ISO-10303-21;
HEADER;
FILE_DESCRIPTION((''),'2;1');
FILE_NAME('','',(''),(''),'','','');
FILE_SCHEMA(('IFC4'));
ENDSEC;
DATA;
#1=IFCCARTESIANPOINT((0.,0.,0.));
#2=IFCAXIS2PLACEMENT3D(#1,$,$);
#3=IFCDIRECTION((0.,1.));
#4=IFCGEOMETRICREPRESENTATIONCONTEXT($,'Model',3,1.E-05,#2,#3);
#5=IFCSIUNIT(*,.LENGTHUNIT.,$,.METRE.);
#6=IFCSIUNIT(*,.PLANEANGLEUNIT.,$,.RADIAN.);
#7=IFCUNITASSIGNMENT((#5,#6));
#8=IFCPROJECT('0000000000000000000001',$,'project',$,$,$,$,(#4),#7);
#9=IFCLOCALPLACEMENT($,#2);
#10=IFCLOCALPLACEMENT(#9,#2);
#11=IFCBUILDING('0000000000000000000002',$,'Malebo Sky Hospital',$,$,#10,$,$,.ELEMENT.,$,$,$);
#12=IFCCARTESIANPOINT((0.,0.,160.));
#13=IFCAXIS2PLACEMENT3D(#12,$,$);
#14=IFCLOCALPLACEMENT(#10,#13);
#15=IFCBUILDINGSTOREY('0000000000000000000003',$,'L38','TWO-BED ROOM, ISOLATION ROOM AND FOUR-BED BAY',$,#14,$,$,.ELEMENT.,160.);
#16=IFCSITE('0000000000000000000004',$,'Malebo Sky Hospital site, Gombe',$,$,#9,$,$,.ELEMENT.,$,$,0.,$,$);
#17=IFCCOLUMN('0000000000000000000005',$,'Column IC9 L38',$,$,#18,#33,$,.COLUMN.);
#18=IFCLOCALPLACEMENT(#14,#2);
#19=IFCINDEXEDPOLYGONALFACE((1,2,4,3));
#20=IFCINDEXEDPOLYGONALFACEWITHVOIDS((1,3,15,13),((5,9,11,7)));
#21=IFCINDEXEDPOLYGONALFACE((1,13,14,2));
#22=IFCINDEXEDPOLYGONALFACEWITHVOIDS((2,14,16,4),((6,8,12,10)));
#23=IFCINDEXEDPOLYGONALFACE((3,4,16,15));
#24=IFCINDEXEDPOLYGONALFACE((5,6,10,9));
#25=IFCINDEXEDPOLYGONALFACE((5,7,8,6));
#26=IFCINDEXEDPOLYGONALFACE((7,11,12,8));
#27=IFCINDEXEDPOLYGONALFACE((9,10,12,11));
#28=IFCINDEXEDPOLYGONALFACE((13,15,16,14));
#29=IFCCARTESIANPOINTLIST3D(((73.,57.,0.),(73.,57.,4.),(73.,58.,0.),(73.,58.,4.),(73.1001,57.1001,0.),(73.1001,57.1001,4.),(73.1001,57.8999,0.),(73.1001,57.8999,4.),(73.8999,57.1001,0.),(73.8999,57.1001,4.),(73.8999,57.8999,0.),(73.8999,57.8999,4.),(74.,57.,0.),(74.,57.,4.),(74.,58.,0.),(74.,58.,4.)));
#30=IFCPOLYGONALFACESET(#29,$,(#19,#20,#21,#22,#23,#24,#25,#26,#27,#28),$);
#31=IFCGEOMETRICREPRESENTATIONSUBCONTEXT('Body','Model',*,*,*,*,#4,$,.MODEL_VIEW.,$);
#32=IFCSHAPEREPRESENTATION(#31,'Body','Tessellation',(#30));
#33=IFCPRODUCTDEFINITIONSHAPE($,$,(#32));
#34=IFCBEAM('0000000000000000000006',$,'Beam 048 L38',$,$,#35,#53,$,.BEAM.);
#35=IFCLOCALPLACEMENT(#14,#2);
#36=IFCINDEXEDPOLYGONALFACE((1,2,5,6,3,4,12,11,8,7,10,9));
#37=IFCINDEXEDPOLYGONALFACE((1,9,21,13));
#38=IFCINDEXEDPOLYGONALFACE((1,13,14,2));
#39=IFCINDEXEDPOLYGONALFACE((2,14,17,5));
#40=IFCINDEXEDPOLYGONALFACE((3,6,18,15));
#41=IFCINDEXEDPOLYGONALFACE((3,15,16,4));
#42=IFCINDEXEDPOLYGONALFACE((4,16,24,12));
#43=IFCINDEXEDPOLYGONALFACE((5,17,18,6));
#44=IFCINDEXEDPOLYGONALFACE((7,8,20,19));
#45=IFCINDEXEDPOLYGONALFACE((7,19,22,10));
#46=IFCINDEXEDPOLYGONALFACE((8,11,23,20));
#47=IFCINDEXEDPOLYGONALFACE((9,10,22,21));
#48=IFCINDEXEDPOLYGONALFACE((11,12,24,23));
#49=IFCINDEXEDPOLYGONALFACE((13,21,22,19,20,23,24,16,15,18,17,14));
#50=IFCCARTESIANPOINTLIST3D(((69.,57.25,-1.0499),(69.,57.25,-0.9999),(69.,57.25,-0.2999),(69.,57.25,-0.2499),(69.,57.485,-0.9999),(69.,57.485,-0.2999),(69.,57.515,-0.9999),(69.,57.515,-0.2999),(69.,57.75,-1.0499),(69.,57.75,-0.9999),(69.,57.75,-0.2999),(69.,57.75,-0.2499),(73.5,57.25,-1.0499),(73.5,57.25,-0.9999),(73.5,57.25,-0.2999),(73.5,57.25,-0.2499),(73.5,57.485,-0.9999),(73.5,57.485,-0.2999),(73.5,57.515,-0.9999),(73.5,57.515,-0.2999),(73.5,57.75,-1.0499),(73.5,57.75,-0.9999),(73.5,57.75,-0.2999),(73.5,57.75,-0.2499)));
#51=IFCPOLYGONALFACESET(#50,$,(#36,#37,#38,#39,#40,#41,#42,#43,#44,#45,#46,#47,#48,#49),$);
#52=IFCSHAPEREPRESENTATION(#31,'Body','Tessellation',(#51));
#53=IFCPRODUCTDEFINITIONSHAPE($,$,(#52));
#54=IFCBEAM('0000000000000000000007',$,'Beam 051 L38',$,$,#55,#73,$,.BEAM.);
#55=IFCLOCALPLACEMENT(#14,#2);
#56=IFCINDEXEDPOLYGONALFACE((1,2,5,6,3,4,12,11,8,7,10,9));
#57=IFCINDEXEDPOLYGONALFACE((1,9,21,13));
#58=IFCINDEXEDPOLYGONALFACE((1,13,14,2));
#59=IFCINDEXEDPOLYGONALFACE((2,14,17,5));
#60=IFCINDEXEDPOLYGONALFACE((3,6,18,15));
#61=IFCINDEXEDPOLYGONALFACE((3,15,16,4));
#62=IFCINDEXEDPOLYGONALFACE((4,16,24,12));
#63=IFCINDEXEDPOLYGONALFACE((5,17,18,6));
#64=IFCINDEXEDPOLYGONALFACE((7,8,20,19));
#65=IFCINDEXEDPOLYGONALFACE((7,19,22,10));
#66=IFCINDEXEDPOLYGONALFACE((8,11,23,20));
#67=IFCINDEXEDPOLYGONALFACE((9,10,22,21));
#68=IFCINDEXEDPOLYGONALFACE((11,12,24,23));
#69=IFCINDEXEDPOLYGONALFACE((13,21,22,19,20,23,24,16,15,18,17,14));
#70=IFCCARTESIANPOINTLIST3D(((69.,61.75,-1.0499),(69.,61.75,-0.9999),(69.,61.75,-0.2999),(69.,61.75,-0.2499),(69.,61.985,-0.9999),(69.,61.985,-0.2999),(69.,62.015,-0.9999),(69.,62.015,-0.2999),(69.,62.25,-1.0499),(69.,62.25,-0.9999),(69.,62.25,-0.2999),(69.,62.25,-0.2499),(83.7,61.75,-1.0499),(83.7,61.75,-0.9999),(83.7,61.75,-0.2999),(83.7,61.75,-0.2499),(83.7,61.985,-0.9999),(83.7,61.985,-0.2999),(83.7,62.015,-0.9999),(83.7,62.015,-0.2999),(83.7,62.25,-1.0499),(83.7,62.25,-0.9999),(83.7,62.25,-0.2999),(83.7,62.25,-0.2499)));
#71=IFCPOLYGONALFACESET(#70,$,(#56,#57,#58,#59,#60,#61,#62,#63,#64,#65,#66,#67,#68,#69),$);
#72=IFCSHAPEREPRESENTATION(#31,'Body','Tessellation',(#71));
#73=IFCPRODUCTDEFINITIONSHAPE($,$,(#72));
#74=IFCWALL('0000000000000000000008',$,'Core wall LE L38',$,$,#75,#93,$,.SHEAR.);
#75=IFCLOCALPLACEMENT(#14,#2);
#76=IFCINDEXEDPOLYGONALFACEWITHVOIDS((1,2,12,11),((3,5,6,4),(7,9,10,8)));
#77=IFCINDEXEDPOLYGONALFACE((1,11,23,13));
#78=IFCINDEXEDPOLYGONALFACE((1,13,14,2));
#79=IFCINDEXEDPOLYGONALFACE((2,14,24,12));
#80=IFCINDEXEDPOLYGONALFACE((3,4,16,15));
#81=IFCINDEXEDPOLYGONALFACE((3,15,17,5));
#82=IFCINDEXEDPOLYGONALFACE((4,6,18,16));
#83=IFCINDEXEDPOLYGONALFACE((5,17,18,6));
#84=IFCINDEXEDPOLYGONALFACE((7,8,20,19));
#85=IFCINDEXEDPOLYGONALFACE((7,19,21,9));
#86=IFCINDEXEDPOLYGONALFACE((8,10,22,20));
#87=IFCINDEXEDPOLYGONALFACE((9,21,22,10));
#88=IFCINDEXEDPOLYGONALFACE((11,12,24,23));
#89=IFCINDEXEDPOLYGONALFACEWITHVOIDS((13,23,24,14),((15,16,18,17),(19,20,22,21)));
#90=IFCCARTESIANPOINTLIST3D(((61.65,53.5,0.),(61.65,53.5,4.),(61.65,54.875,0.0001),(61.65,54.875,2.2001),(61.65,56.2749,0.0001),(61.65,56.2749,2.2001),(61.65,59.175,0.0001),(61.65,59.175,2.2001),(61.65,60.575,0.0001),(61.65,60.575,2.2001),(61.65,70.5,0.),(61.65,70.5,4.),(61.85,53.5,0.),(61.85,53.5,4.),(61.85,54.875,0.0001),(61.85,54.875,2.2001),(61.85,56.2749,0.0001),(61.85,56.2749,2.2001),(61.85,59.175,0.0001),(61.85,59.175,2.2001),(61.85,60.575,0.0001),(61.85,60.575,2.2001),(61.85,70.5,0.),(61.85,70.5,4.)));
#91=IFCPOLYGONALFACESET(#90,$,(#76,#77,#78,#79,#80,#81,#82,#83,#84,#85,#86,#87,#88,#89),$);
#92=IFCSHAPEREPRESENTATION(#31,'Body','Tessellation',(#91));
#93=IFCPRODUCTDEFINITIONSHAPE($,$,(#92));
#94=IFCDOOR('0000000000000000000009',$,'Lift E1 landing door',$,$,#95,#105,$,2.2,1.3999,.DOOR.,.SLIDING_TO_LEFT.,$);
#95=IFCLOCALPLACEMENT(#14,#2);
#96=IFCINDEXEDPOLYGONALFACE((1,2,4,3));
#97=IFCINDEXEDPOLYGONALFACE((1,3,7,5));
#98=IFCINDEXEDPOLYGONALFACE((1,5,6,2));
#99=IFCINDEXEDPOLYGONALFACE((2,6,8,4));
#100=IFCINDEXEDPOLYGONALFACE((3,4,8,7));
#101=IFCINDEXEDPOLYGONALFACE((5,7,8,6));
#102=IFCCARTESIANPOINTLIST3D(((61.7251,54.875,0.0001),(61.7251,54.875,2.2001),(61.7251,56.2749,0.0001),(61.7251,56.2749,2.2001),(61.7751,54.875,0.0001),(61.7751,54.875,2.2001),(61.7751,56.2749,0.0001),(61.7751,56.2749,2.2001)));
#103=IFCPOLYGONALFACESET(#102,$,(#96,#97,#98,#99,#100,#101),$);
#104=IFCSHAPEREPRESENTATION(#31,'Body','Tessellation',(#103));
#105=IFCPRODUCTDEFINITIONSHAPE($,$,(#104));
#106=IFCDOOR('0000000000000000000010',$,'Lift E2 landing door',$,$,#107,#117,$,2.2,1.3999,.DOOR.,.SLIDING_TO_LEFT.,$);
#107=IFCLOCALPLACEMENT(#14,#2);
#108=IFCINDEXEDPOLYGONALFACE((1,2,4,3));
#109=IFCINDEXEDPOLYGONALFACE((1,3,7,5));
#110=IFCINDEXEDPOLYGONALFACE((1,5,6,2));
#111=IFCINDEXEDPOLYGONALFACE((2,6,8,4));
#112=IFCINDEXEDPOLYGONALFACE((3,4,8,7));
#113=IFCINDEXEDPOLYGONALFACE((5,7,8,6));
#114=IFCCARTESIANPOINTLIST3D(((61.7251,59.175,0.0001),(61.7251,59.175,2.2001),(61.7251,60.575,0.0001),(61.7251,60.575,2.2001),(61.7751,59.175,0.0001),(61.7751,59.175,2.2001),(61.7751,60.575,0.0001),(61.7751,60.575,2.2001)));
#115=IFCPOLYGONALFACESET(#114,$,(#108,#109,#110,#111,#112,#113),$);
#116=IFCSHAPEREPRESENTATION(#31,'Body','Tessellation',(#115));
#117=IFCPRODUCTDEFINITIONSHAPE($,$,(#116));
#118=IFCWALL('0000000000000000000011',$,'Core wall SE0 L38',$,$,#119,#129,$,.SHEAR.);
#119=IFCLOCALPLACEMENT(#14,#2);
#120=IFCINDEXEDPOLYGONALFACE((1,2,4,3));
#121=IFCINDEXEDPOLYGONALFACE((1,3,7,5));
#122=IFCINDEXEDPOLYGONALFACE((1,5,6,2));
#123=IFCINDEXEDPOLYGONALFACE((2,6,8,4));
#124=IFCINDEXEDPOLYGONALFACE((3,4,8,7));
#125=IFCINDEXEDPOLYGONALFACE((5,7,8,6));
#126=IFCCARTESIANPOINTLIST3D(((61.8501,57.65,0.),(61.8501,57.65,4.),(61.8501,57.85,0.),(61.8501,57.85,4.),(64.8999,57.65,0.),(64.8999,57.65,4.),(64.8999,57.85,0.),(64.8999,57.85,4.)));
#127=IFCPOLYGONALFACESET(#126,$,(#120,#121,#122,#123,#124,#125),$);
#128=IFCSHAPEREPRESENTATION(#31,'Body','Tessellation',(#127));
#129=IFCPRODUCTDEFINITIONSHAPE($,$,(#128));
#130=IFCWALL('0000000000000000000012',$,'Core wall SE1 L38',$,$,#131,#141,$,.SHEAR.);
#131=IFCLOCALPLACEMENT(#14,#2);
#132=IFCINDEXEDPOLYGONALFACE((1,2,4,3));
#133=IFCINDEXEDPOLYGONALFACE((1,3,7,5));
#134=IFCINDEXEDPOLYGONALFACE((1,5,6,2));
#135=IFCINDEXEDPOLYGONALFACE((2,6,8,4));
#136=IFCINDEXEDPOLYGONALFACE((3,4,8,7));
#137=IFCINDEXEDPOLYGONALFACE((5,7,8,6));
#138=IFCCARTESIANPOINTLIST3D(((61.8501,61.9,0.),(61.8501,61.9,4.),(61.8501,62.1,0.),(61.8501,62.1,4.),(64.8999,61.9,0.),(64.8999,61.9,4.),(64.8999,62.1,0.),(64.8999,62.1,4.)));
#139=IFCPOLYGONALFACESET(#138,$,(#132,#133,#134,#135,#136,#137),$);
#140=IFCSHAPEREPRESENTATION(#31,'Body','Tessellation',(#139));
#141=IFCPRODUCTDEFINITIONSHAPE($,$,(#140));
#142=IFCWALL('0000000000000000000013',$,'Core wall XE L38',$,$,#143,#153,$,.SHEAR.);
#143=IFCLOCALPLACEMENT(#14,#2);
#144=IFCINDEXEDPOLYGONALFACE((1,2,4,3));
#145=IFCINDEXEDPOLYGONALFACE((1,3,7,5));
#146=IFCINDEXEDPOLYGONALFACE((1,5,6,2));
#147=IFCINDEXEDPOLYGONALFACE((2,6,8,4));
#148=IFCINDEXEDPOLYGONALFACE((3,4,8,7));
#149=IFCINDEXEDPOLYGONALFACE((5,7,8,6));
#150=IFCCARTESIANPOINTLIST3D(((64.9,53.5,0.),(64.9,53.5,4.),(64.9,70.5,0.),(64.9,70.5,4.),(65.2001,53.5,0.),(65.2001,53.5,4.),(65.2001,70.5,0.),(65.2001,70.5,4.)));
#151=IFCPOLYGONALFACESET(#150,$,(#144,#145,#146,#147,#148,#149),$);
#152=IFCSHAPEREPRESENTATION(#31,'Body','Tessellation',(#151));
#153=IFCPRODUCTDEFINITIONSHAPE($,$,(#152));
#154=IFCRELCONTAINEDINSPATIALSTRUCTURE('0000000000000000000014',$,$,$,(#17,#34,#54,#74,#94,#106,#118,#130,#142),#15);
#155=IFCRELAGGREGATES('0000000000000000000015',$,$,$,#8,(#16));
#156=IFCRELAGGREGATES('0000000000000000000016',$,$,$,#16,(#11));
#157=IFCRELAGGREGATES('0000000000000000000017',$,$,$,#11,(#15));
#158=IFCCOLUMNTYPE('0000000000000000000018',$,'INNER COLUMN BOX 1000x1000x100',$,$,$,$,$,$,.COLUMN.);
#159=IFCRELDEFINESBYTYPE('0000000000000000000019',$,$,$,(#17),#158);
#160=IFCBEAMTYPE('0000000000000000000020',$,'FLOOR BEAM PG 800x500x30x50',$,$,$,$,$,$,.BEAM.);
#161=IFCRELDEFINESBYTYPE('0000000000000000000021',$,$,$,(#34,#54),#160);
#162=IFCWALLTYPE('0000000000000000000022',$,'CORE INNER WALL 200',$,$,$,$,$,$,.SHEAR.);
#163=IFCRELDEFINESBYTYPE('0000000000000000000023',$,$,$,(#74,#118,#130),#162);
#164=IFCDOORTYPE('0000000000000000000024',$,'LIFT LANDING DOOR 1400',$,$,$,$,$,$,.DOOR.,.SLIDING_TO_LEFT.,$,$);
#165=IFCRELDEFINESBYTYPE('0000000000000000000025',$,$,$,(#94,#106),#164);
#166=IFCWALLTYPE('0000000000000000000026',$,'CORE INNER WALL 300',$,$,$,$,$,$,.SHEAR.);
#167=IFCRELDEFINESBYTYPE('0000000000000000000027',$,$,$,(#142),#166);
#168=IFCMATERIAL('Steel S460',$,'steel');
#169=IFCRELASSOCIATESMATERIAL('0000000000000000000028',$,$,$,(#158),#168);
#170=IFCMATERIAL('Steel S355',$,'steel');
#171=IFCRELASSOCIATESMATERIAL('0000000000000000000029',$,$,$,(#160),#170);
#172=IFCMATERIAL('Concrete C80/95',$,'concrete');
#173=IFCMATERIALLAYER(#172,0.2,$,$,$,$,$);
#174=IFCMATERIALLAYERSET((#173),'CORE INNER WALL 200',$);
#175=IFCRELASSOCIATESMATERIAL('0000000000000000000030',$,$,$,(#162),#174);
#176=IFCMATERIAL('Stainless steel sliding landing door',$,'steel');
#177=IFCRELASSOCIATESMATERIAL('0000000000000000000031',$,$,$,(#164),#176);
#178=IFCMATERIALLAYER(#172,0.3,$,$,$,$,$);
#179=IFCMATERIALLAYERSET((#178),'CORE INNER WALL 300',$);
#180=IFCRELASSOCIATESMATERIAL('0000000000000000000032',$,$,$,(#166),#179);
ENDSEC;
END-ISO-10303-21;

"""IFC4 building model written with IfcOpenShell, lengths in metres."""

from ifc_helpers import new_model, si_unit, direction, frame, frame_2d, origin, origin_2d, place, context, subcontext, project, spatial, rectangle, hollow_rectangle, i_section, extrude, material, layer, layer_set, material_profile, profile_set, type_object, element, fill, save


model = new_model("IFC4")

# Units and contexts
model_context = context("Model", 3, precision=1e-05, world=origin(), true_north=direction((0.0, 1.0)))
body_context = subcontext(model_context, "Body", "Model", "MODEL_VIEW")
ifc_project = project(units=[si_unit("LENGTHUNIT", "METRE"), si_unit("PLANEANGLEUNIT", "RADIAN")], contexts=[model_context])

# Site, building, storey
site_placement = place(None, origin())
site = spatial("IfcSite", under=ifc_project, at=site_placement, Name="Malebo Sky Hospital site, Gombe", CompositionType="ELEMENT", RefElevation=0.0)
building_placement = place(site_placement, origin())
building = spatial("IfcBuilding", under=site, at=building_placement, Name="Malebo Sky Hospital", CompositionType="ELEMENT")
storey_placement = place(building_placement, frame((0.0, 0.0, 160.0)))
storey = spatial("IfcBuildingStorey", under=building, at=storey_placement, Name="L38", Description="TWO-BED ROOM, ISOLATION ROOM AND FOUR-BED BAY", CompositionType="ELEMENT", Elevation=160.0)

# Column
ifc_material_1 = material(Name="Steel S460", Category="steel")
ifc_material_profile_1 = material_profile(ifc_material_1, hollow_rectangle(XDim=1.0, YDim=1.0, WallThickness=0.1001, at=origin_2d()), Name="BOX 1000x1000x100")
ifc_profile_set_1 = profile_set([ifc_material_profile_1], Name="Steel S460")
column_type = type_object("IfcColumnType", Name="INNER COLUMN BOX 1000x1000x100", PredefinedType="COLUMN", material=ifc_profile_set_1)
column_placement = place(storey_placement, frame((73.5, 57.5, 0.0), z_axis=(0.0, 0.0, 1.0), x_axis=(1.0, 0.0, 0.0)))
element("IfcColumn", 1, at=column_placement, inside=storey, type_object=column_type, Name="Column IC9 L38", PredefinedType="COLUMN", context=body_context, shape_type="SweptSolid", body=[
    extrude(hollow_rectangle(XDim=1.0, YDim=1.0, WallThickness=0.1001, at=origin_2d()), origin(), (0.0, 0.0, 1.0), 4.0),
])

# Beams
ifc_material_2 = material(Name="Steel S355", Category="steel")
ifc_material_profile_2 = material_profile(ifc_material_2, i_section(OverallWidth=0.5, OverallDepth=0.8, WebThickness=0.03, FlangeThickness=0.05, at=origin_2d()), Name="PG 800x500x30x50")
ifc_profile_set_2 = profile_set([ifc_material_profile_2], Name="Steel S355")
beam_type = type_object("IfcBeamType", Name="FLOOR BEAM PG 800x500x30x50", PredefinedType="BEAM", material=ifc_profile_set_2)
beam_1_placement = place(storey_placement, frame((69.0, 57.5, -0.6499), z_axis=(1.0, 0.0, 0.0), x_axis=(0.0, 1.0, 0.0)))
element("IfcBeam", 2, at=beam_1_placement, inside=storey, type_object=beam_type, Name="Beam 048 L38", PredefinedType="BEAM", context=body_context, shape_type="SweptSolid", body=[
    extrude(i_section(OverallWidth=0.5, OverallDepth=0.8, WebThickness=0.03, FlangeThickness=0.05, at=origin_2d()), origin(), (0.0, 0.0, 1.0), 4.5),
])
beam_2_placement = place(storey_placement, frame((69.0, 62.0, -0.6499), z_axis=(1.0, 0.0, 0.0), x_axis=(0.0, 1.0, 0.0)))
element("IfcBeam", 3, at=beam_2_placement, inside=storey, type_object=beam_type, Name="Beam 051 L38", PredefinedType="BEAM", context=body_context, shape_type="SweptSolid", body=[
    extrude(i_section(OverallWidth=0.5, OverallDepth=0.8, WebThickness=0.03, FlangeThickness=0.05, at=origin_2d()), origin(), (0.0, 0.0, 1.0), 14.7),
])

# Wall, openings, doors
ifc_material_3 = material(Name="Concrete C80/95", Category="concrete")
ifc_layer_1 = layer(ifc_material_3, 0.2)
ifc_layer_set_1 = layer_set([ifc_layer_1], Name="CORE INNER WALL 200")
wall_type_1 = type_object("IfcWallType", Name="CORE INNER WALL 200", PredefinedType="SHEAR", material=ifc_layer_set_1)
wall_1_placement = place(storey_placement, frame((61.75, 53.5, 0.0), z_axis=(0.0, 0.0, 1.0), x_axis=(0.0, 1.0, 0.0)))
wall_1 = element("IfcWall", 4, at=wall_1_placement, inside=storey, type_object=wall_type_1, Name="Core wall LE L38", PredefinedType="SHEAR", context=body_context, shape_type="SweptSolid", body=[
    extrude(rectangle(XDim=17.0, YDim=0.2, at=frame_2d((8.5, 0.0))), origin(), (0.0, 0.0, 1.0), 4.0),
])
opening_1_placement = place(wall_1_placement, frame((1.375, 0.0, 0.0)))
opening_1 = element("IfcOpeningElement", 5, at=opening_1_placement, cuts=wall_1, PredefinedType="OPENING", context=body_context, shape_type="SweptSolid", body=[
    extrude(rectangle(XDim=1.3999, YDim=2.2, at=frame_2d((0.7, 1.1001))), frame((0.0, 0.1099, 0.0), z_axis=(0.0, -1.0, 0.0), x_axis=(1.0, 0.0, 0.0)), (0.0, 0.0, 1.0), 0.22),
])
opening_2_placement = place(wall_1_placement, frame((5.675, 0.0, 0.0)))
opening_2 = element("IfcOpeningElement", 6, at=opening_2_placement, cuts=wall_1, PredefinedType="OPENING", context=body_context, shape_type="SweptSolid", body=[
    extrude(rectangle(XDim=1.3999, YDim=2.2, at=frame_2d((0.7, 1.1001))), frame((0.0, 0.1099, 0.0), z_axis=(0.0, -1.0, 0.0), x_axis=(1.0, 0.0, 0.0)), (0.0, 0.0, 1.0), 0.22),
])
ifc_material_4 = material(Name="Stainless steel sliding landing door", Category="steel")
door_type_1 = type_object("IfcDoorType", Name="LIFT LANDING DOOR 1400", OperationType="SLIDING_TO_LEFT", PredefinedType="DOOR", material=ifc_material_4)
door_1_placement = place(opening_1_placement, origin())
door_1 = element("IfcDoor", 7, at=door_1_placement, inside=storey, type_object=door_type_1, Name="Lift E1 landing door", OperationType="SLIDING_TO_LEFT", OverallHeight=2.2, OverallWidth=1.3999, PredefinedType="DOOR", context=body_context, shape_type="SweptSolid", body=[
    extrude(rectangle(XDim=1.3999, YDim=2.2, at=frame_2d((0.7, 1.1001))), frame((0.0, 0.0249, 0.0), z_axis=(0.0, -1.0, 0.0), x_axis=(1.0, 0.0, 0.0)), (0.0, 0.0, 1.0), 0.05),
])
fill(opening_1, door_1)
door_2_placement = place(opening_2_placement, origin())
door_2 = element("IfcDoor", 8, at=door_2_placement, inside=storey, type_object=door_type_1, Name="Lift E2 landing door", OperationType="SLIDING_TO_LEFT", OverallHeight=2.2, OverallWidth=1.3999, PredefinedType="DOOR", context=body_context, shape_type="SweptSolid", body=[
    extrude(rectangle(XDim=1.3999, YDim=2.2, at=frame_2d((0.7, 1.1001))), frame((0.0, 0.0249, 0.0), z_axis=(0.0, -1.0, 0.0), x_axis=(1.0, 0.0, 0.0)), (0.0, 0.0, 1.0), 0.05),
])
fill(opening_2, door_2)

# Walls
for number, where, z_axis, x_axis, name in (
    (9, (61.8501, 57.75, 0.0), (0.0, 0.0, 1.0), (1.0, 0.0, 0.0), "Core wall SE0 L38"),
    (10, (61.8501, 62.0, 0.0), (0.0, 0.0, 1.0), (1.0, 0.0, 0.0), "Core wall SE1 L38"),
):
    element("IfcWall", number, at=place(storey_placement, frame(where, z_axis=z_axis, x_axis=x_axis)), inside=storey, type_object=wall_type_1, Name=name, PredefinedType="SHEAR", context=body_context, shape_type="SweptSolid", body=[
        extrude(rectangle(XDim=3.0498, YDim=0.2, at=frame_2d((1.5249, 0.0))), origin(), (0.0, 0.0, 1.0), 4.0),
    ])
ifc_layer_2 = layer(ifc_material_3, 0.3)
ifc_layer_set_2 = layer_set([ifc_layer_2], Name="CORE INNER WALL 300")
wall_type_2 = type_object("IfcWallType", Name="CORE INNER WALL 300", PredefinedType="SHEAR", material=ifc_layer_set_2)
wall_2_placement = place(storey_placement, frame((65.05, 53.5, 0.0), z_axis=(0.0, 0.0, 1.0), x_axis=(0.0, 1.0, 0.0)))
element("IfcWall", 11, at=wall_2_placement, inside=storey, type_object=wall_type_2, Name="Core wall XE L38", PredefinedType="SHEAR", context=body_context, shape_type="SweptSolid", body=[
    extrude(rectangle(XDim=17.0, YDim=0.3, at=frame_2d((8.5, 0.0))), origin(), (0.0, 0.0, 1.0), 4.0),
])

save(model, "model.ifc")
